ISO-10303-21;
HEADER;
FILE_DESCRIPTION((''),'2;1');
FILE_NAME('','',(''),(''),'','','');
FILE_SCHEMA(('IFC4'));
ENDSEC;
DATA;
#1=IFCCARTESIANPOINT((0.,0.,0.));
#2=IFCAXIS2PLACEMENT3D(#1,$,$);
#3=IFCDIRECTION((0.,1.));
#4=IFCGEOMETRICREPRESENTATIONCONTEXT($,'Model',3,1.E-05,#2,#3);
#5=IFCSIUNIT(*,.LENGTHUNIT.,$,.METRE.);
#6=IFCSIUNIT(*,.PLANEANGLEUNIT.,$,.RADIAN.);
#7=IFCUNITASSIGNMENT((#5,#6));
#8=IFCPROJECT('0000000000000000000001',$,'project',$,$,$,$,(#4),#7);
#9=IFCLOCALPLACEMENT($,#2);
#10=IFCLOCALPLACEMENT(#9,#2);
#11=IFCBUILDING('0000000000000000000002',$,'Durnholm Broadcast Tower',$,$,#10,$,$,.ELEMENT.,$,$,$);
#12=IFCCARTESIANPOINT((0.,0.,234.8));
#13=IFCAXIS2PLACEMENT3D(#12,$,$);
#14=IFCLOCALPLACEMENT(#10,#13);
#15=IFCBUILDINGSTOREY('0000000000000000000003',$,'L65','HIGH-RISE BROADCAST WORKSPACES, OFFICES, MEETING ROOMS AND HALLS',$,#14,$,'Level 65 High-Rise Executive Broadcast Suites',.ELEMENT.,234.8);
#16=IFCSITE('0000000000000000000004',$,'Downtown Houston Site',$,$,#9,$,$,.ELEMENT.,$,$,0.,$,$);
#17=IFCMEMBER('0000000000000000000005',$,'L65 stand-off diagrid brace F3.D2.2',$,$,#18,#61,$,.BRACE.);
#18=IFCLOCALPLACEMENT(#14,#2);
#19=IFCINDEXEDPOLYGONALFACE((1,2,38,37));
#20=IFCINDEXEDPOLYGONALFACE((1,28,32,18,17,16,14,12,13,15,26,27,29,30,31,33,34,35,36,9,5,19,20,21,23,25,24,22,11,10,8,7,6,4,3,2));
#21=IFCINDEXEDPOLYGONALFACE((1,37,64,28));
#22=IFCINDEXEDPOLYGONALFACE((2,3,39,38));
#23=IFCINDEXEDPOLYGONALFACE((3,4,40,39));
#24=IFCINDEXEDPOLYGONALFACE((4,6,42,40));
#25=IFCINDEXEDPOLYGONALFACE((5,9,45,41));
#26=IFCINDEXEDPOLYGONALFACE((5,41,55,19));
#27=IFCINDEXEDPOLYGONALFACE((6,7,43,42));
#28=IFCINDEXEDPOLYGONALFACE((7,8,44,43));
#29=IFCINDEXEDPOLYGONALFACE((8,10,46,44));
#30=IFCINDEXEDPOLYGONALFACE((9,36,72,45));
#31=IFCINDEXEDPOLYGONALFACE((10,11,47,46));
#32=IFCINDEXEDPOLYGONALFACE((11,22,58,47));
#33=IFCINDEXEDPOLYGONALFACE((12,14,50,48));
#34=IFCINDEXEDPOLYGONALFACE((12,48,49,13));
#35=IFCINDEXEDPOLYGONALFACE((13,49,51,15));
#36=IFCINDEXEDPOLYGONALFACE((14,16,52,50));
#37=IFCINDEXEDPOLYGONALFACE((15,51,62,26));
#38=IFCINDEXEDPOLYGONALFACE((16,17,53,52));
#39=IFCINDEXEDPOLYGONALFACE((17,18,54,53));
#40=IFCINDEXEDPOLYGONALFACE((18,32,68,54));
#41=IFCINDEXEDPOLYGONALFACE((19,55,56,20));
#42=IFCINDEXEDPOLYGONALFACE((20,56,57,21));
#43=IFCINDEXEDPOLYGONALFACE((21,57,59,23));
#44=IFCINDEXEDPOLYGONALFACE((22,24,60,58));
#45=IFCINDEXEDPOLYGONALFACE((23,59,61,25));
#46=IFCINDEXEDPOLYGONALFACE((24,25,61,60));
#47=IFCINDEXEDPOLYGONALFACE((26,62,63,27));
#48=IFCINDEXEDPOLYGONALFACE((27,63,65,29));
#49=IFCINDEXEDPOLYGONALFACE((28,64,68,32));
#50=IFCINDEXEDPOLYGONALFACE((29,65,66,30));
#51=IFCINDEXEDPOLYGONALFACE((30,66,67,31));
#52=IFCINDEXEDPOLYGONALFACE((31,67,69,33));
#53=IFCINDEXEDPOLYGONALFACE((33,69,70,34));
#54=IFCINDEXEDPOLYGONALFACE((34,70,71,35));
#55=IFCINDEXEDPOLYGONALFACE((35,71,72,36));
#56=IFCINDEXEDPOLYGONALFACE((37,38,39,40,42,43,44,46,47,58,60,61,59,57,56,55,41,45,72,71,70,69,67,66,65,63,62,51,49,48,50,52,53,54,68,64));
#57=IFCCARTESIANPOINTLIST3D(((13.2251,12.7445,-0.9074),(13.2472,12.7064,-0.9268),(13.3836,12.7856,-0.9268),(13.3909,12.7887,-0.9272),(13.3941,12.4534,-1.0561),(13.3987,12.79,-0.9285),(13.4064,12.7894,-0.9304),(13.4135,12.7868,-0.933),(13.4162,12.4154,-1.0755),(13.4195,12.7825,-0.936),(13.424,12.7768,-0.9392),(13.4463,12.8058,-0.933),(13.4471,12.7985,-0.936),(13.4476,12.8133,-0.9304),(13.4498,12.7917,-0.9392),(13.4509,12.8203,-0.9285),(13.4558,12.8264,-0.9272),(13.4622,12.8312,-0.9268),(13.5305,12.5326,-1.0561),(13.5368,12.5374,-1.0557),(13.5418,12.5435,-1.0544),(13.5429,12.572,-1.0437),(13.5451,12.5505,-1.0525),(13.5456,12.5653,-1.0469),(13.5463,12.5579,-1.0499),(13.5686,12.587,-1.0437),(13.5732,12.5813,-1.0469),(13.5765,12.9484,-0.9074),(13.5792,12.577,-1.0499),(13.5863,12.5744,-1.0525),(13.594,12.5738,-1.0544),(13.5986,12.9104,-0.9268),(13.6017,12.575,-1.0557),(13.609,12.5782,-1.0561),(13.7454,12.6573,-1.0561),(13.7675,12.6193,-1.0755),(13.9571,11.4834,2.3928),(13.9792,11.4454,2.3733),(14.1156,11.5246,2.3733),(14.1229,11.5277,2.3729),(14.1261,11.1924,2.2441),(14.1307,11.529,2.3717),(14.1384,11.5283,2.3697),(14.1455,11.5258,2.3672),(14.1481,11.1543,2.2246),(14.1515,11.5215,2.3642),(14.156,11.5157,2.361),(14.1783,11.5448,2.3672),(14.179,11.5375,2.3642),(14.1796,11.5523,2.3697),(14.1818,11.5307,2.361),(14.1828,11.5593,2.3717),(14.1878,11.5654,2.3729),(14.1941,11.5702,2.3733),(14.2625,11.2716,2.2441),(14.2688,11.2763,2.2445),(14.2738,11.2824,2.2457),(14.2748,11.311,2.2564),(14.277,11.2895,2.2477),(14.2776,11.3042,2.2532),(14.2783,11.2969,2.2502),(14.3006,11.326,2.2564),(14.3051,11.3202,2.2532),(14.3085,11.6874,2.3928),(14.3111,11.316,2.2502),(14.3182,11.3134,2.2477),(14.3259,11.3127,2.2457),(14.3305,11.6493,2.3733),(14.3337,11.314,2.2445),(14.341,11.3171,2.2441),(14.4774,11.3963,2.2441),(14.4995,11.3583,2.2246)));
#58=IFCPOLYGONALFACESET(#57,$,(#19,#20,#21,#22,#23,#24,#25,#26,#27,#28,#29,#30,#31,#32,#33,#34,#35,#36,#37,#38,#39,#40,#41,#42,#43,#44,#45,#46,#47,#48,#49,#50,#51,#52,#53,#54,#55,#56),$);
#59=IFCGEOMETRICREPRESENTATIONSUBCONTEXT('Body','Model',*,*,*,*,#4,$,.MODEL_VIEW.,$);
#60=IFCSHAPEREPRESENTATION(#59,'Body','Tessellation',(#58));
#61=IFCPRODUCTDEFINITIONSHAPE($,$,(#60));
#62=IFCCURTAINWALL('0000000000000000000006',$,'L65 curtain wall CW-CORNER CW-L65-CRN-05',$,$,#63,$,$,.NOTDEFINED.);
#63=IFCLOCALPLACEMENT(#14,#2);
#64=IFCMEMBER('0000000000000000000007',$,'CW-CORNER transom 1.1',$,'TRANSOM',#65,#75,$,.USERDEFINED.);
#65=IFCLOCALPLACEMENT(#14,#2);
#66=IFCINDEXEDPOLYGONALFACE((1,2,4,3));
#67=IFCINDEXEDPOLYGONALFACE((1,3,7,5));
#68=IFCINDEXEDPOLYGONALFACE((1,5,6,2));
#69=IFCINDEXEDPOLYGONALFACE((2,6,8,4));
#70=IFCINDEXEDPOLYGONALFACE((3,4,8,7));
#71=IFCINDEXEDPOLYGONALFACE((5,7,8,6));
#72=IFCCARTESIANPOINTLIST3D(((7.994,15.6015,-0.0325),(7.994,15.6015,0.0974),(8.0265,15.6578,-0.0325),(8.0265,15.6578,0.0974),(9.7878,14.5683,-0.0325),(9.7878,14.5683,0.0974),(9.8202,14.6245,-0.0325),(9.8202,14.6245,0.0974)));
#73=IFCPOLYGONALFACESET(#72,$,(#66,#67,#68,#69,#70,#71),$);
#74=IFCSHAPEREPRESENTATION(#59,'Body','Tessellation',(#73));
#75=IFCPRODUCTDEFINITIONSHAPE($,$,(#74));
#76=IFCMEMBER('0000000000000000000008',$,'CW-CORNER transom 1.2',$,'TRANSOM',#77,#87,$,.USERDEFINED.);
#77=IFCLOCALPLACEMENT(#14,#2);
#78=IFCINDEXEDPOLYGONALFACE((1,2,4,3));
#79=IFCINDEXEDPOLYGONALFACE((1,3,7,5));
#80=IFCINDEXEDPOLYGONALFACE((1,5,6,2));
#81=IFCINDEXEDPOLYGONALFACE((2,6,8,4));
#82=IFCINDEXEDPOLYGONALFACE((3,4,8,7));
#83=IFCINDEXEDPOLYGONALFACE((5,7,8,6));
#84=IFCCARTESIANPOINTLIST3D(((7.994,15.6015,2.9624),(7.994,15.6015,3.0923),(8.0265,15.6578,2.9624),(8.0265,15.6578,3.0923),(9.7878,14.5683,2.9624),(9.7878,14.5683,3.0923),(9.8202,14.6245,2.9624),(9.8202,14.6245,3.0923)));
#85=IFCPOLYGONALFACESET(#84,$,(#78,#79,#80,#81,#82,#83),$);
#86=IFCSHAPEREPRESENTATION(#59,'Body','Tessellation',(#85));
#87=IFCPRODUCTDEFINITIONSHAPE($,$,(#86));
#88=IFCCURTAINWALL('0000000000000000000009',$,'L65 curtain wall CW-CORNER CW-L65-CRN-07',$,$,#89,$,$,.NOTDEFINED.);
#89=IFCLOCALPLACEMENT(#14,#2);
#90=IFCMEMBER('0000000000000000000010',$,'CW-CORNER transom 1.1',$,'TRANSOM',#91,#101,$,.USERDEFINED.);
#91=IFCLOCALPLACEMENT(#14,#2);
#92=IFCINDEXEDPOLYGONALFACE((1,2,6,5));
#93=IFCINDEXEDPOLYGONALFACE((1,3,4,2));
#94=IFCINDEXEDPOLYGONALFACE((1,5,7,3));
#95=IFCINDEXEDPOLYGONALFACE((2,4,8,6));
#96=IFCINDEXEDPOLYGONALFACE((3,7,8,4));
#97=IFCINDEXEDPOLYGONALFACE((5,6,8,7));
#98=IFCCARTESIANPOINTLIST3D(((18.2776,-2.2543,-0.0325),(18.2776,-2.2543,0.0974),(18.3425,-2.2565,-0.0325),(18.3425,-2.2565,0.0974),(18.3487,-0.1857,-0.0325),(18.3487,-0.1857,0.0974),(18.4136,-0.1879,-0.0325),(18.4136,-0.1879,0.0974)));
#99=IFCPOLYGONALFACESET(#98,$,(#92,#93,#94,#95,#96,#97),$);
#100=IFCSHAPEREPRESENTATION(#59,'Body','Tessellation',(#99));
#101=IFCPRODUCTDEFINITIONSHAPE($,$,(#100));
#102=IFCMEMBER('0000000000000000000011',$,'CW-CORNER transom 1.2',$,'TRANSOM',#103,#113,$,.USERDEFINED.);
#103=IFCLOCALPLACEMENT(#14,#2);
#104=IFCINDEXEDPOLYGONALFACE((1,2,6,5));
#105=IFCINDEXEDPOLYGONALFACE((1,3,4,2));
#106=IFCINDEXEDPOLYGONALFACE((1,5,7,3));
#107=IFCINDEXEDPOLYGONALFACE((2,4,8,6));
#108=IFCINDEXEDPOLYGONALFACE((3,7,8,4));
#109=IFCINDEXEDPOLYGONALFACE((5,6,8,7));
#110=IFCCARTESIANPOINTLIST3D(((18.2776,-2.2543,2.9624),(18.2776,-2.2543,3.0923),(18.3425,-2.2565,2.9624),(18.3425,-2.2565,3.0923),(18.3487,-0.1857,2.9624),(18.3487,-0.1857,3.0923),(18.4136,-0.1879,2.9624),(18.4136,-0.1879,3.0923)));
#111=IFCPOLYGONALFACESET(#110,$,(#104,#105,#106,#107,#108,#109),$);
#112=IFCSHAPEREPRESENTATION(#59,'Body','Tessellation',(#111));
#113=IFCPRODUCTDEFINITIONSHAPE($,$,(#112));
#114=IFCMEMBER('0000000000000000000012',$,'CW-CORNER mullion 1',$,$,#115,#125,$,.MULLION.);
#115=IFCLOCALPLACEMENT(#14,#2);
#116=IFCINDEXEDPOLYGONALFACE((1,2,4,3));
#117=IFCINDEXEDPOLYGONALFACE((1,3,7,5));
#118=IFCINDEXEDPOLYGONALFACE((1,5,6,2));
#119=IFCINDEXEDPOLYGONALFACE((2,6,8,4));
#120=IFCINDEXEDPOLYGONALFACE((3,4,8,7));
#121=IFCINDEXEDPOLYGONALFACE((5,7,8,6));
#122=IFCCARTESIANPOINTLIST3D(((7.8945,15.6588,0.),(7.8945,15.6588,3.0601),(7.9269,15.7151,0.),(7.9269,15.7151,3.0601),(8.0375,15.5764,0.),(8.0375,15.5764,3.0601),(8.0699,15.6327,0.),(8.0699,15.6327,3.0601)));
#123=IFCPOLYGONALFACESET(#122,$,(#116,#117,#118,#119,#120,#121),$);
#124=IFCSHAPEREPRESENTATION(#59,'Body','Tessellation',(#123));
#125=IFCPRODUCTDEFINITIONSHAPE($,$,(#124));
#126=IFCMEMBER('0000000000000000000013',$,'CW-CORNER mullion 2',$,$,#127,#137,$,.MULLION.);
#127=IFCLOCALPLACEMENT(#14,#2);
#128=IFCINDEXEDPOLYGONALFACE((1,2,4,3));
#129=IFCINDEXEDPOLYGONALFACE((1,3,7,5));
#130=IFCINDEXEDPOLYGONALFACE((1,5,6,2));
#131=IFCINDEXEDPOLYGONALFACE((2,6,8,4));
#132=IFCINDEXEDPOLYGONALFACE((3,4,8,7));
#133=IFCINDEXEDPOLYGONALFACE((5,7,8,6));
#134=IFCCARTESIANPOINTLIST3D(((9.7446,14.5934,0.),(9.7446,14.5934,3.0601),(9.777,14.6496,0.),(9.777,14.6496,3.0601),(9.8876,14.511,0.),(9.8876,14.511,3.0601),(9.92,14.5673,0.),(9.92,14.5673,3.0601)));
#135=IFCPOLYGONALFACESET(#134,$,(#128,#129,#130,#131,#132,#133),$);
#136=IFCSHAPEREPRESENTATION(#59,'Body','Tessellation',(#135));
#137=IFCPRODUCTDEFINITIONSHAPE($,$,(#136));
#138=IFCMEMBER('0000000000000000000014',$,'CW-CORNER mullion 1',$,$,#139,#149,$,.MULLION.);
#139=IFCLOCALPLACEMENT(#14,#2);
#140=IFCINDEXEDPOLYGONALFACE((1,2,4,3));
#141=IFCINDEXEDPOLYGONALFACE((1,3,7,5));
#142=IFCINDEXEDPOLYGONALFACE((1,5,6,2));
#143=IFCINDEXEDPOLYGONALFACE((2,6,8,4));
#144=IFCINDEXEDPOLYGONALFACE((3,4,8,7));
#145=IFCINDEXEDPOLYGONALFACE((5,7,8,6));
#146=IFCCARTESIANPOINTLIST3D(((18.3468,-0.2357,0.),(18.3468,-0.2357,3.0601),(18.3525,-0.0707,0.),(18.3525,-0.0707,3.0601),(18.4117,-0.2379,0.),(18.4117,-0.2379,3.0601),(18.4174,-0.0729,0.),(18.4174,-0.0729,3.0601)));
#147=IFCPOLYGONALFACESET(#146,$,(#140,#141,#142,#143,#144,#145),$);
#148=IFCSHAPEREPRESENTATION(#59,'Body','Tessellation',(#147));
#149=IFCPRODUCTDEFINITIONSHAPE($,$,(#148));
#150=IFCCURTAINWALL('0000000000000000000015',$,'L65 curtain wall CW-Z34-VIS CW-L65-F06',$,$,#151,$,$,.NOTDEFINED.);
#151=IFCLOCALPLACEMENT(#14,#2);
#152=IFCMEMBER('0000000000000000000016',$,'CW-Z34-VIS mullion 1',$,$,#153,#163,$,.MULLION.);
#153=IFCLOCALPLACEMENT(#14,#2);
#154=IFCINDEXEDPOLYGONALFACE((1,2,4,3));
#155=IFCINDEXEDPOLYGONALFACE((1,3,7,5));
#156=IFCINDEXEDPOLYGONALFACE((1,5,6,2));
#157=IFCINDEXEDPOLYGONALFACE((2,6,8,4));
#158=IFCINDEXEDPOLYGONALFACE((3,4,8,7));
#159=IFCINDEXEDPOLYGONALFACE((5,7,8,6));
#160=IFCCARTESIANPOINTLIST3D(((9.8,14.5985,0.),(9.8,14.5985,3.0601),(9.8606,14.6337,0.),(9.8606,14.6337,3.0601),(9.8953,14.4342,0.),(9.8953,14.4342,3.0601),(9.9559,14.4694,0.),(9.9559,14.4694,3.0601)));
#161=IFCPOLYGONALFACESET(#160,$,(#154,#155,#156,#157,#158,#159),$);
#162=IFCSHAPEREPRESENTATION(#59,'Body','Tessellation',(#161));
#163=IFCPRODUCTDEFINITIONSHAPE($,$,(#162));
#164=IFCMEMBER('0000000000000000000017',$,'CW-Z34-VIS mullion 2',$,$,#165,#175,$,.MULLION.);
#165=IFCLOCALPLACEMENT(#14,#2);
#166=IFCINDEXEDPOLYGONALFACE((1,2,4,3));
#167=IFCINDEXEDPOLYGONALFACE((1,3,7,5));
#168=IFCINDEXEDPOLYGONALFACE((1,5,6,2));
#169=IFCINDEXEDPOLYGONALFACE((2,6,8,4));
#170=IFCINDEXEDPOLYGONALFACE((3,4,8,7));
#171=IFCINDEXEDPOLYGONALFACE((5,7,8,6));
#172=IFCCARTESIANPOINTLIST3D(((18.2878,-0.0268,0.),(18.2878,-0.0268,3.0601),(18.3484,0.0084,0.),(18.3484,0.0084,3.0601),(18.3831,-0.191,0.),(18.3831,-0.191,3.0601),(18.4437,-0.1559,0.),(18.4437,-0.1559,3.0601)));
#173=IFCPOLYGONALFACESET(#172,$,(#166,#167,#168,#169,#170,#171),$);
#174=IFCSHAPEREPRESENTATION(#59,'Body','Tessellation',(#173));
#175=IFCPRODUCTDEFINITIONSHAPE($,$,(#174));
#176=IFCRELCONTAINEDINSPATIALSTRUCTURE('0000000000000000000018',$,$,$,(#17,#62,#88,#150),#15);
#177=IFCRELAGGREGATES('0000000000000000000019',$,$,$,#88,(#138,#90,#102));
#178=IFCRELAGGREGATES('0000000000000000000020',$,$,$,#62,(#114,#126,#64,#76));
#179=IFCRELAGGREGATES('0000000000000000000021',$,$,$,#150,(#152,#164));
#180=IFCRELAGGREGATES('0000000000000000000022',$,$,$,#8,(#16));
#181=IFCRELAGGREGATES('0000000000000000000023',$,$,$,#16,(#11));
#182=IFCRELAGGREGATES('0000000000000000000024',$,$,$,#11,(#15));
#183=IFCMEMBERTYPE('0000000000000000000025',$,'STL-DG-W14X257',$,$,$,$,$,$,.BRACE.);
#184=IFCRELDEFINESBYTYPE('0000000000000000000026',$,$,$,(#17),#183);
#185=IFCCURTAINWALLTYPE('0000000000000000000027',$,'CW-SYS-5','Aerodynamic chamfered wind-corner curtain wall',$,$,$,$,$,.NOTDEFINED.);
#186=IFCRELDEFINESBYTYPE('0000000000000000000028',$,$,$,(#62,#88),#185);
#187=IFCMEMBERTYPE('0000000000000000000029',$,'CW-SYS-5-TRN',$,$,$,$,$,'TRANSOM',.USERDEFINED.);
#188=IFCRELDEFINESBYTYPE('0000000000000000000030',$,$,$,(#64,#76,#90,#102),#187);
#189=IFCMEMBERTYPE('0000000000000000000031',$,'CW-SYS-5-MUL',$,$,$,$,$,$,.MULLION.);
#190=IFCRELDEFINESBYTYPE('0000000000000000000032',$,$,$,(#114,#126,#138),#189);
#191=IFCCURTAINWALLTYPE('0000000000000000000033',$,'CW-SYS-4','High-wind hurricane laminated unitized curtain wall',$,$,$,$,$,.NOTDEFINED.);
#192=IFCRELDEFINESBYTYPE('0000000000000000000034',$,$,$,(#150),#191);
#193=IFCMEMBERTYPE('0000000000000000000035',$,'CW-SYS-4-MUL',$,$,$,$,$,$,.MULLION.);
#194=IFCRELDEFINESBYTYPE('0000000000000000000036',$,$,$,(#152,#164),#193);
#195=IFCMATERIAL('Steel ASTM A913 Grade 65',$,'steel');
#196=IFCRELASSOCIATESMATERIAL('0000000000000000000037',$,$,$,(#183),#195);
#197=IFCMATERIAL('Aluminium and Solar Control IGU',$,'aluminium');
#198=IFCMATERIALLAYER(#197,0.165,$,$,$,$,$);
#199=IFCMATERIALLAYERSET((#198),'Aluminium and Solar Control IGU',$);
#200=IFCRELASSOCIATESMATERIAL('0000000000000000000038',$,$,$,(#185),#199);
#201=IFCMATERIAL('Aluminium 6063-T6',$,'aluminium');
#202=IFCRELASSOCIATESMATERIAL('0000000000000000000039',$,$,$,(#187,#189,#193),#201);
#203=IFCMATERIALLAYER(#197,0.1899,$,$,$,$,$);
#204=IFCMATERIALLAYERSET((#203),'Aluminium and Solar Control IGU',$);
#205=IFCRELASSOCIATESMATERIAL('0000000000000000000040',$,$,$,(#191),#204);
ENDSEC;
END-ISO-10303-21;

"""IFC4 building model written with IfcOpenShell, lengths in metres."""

from ifc_helpers import new_model, si_unit, direction, frame, origin, origin_2d, place, context, subcontext, project, spatial, rectangle, i_section, extrude, source, transform, mapped, material, layer, layer_set, material_profile, profile_set, type_object, type_shapes, element, aggregate, save


model = new_model("IFC4")

# Units and contexts
model_context = context("Model", 3, precision=1e-05, world=origin(), true_north=direction((0.0, 1.0)))
body_context = subcontext(model_context, "Body", "Model", "MODEL_VIEW")
ifc_project = project(units=[si_unit("LENGTHUNIT", "METRE"), si_unit("PLANEANGLEUNIT", "RADIAN")], contexts=[model_context])

# Site, building, storey
site_placement = place(None, origin())
site = spatial("IfcSite", under=ifc_project, at=site_placement, Name="Downtown Houston Site", CompositionType="ELEMENT", RefElevation=0.0)
building_placement = place(site_placement, origin())
building = spatial("IfcBuilding", under=site, at=building_placement, Name="Durnholm Broadcast Tower", CompositionType="ELEMENT")
storey_placement = place(building_placement, frame((0.0, 0.0, 234.8)))
storey = spatial("IfcBuildingStorey", under=building, at=storey_placement, Name="L65", Description="HIGH-RISE BROADCAST WORKSPACES, OFFICES, MEETING ROOMS AND HALLS", LongName="Level 65 High-Rise Executive Broadcast Suites", CompositionType="ELEMENT", Elevation=234.8)

# Member
ifc_material_1 = material(Name="Steel ASTM A913 Grade 65", Category="steel")
ifc_material_profile_1 = material_profile(ifc_material_1, i_section(OverallWidth=0.4062, OverallDepth=0.416, WebThickness=0.0298, FlangeThickness=0.0481, FilletRadius=0.0305, at=origin_2d()), Name="W14X257")
ifc_profile_set_1 = profile_set([ifc_material_profile_1], Name="Steel ASTM A913 Grade 65")
member_type_1 = type_object("IfcMemberType", Name="STL-DG-W14X257", PredefinedType="BRACE", material=ifc_profile_set_1)
shared_shape_1 = source(origin(), body_context, "Body", "SweptSolid", [
    extrude(i_section(OverallWidth=0.4062, OverallDepth=0.416, WebThickness=0.0298, FlangeThickness=0.0481, FilletRadius=0.0305, at=origin_2d()), origin(), (0.0, 0.0, 1.0), 3.6079),
])
type_shapes(member_type_1, [shared_shape_1])
for number, where, z_axis, x_axis, name in (
    (1, (13.4963, 12.6819, -0.9915), (0.202876, -0.349518, 0.914701), (0.864864, 0.502006, 0.0), "L65 stand-off diagrid brace F3.D2.2"),
):
    element("IfcMember", number, at=place(storey_placement, frame(where, z_axis=z_axis, x_axis=x_axis)), inside=storey, type_object=member_type_1, Name=name, PredefinedType="BRACE", context=body_context, shape_type="MappedRepresentation", body=[
        mapped(shared_shape_1, transform((0.0, 0.0, 0.0), x_axis=(1.0, 0.0, 0.0), y_axis=(0.0, 1.0, 0.0), z_axis=(0.0, 0.0, 1.0), scale=1.0)),
    ])

# Curtain walls, members
ifc_material_2 = material(Name="Aluminium and Solar Control IGU", Category="aluminium")
ifc_layer_1 = layer(ifc_material_2, 0.165)
ifc_layer_set_1 = layer_set([ifc_layer_1], Name="Aluminium and Solar Control IGU")
curtain_wall_type_1 = type_object("IfcCurtainWallType", Name="CW-SYS-5", Description="Aerodynamic chamfered wind-corner curtain wall", PredefinedType="NOTDEFINED", material=ifc_layer_set_1)
curtain_wall_1_placement = place(storey_placement, origin())
curtain_wall_1 = element("IfcCurtainWall", 2, at=curtain_wall_1_placement, inside=storey, type_object=curtain_wall_type_1, Name="L65 curtain wall CW-CORNER CW-L65-CRN-05", PredefinedType="NOTDEFINED")
ifc_material_3 = material(Name="Aluminium 6063-T6", Category="aluminium")
ifc_material_profile_2 = material_profile(ifc_material_3, rectangle(XDim=0.0649, YDim=0.1299, at=origin_2d()), Name="CWT65X130")
ifc_profile_set_2 = profile_set([ifc_material_profile_2], Name="Aluminium 6063-T6")
member_type_2 = type_object("IfcMemberType", Name="CW-SYS-5-TRN", ElementType="TRANSOM", PredefinedType="USERDEFINED", material=ifc_profile_set_2)
shared_shape_2 = source(origin(), body_context, "Body", "SweptSolid", [
    extrude(rectangle(XDim=0.0649, YDim=0.1299, at=origin_2d()), origin(), (0.0, 0.0, 1.0), 2.0701),
])
member_1_placement = place(storey_placement, frame((8.0103, 15.6296, 0.0325), z_axis=(0.866525, -0.499134, 0.0), x_axis=(0.499134, 0.866525, 0.0)))
member_1 = element("IfcMember", 3, at=member_1_placement, type_object=member_type_2, Name="CW-CORNER transom 1.1", ObjectType="TRANSOM", PredefinedType="USERDEFINED", context=body_context, shape_type="MappedRepresentation", body=[
    mapped(shared_shape_2, transform((0.0, 0.0, 0.0), x_axis=(1.0, 0.0, 0.0), y_axis=(0.0, 1.0, 0.0), z_axis=(0.0, 0.0, 1.0), scale=1.0)),
])
member_2_placement = place(storey_placement, frame((8.0103, 15.6296, 3.0273), z_axis=(0.866525, -0.499134, 0.0), x_axis=(0.499134, 0.866525, 0.0)))
member_2 = element("IfcMember", 4, at=member_2_placement, type_object=member_type_2, Name="CW-CORNER transom 1.2", ObjectType="TRANSOM", PredefinedType="USERDEFINED", context=body_context, shape_type="MappedRepresentation", body=[
    mapped(shared_shape_2, transform((0.0, 0.0, 0.0), x_axis=(1.0, 0.0, 0.0), y_axis=(0.0, 1.0, 0.0), z_axis=(0.0, 0.0, 1.0), scale=1.0)),
])
curtain_wall_2_placement = place(storey_placement, origin())
curtain_wall_2 = element("IfcCurtainWall", 5, at=curtain_wall_2_placement, inside=storey, type_object=curtain_wall_type_1, Name="L65 curtain wall CW-CORNER CW-L65-CRN-07", PredefinedType="NOTDEFINED")
shared_shape_3 = source(origin(), body_context, "Body", "SweptSolid", [
    extrude(rectangle(XDim=0.0649, YDim=0.1299, at=origin_2d()), origin(), (0.0, 0.0, 1.0), 2.0698),
])
type_shapes(member_type_2, [shared_shape_2, shared_shape_3])
member_3_placement = place(storey_placement, frame((18.3811, -0.1868, 0.0325), z_axis=(-0.034324, -0.999411, 0.0), x_axis=(0.999411, -0.034324, 0.0)))
member_3 = element("IfcMember", 6, at=member_3_placement, type_object=member_type_2, Name="CW-CORNER transom 1.1", ObjectType="TRANSOM", PredefinedType="USERDEFINED", context=body_context, shape_type="MappedRepresentation", body=[
    mapped(shared_shape_3, transform((0.0, 0.0, 0.0), x_axis=(1.0, 0.0, 0.0), y_axis=(0.0, 1.0, 0.0), z_axis=(0.0, 0.0, 1.0), scale=1.0)),
])
member_4_placement = place(storey_placement, frame((18.3811, -0.1868, 3.0273), z_axis=(-0.034324, -0.999411, 0.0), x_axis=(0.999411, -0.034324, 0.0)))
member_4 = element("IfcMember", 7, at=member_4_placement, type_object=member_type_2, Name="CW-CORNER transom 1.2", ObjectType="TRANSOM", PredefinedType="USERDEFINED", context=body_context, shape_type="MappedRepresentation", body=[
    mapped(shared_shape_3, transform((0.0, 0.0, 0.0), x_axis=(1.0, 0.0, 0.0), y_axis=(0.0, 1.0, 0.0), z_axis=(0.0, 0.0, 1.0), scale=1.0)),
])

# Members
ifc_material_profile_3 = material_profile(ifc_material_3, rectangle(XDim=0.0649, YDim=0.165, at=origin_2d()), Name="CWM65X165")
ifc_profile_set_3 = profile_set([ifc_material_profile_3], Name="Aluminium 6063-T6")
member_type_3 = type_object("IfcMemberType", Name="CW-SYS-5-MUL", PredefinedType="MULLION", material=ifc_profile_set_3)
shared_shape_4 = source(origin(), body_context, "Body", "SweptSolid", [
    extrude(rectangle(XDim=0.0649, YDim=0.165, at=origin_2d()), origin(), (0.0, 0.0, 1.0), 3.0601),
])
type_shapes(member_type_3, [shared_shape_4])
member_5_placement = place(storey_placement, frame((7.9822, 15.6458, 0.0), z_axis=(0.0, 0.0, 1.0), x_axis=(0.499059, 0.866568, 0.0)))
member_5 = element("IfcMember", 8, at=member_5_placement, type_object=member_type_3, Name="CW-CORNER mullion 1", PredefinedType="MULLION", context=body_context, shape_type="MappedRepresentation", body=[
    mapped(shared_shape_4, transform((0.0, 0.0, 0.0), x_axis=(1.0, 0.0, 0.0), y_axis=(0.0, 1.0, 0.0), z_axis=(0.0, 0.0, 1.0), scale=1.0)),
])
member_6_placement = place(storey_placement, frame((9.8323, 14.5803, 0.0), z_axis=(0.0, 0.0, 1.0), x_axis=(0.499059, 0.866568, 0.0)))
member_6 = element("IfcMember", 9, at=member_6_placement, type_object=member_type_3, Name="CW-CORNER mullion 2", PredefinedType="MULLION", context=body_context, shape_type="MappedRepresentation", body=[
    mapped(shared_shape_4, transform((0.0, 0.0, 0.0), x_axis=(1.0, 0.0, 0.0), y_axis=(0.0, 1.0, 0.0), z_axis=(0.0, 0.0, 1.0), scale=1.0)),
])
member_7_placement = place(storey_placement, frame((18.3821, -0.1543, 0.0), z_axis=(0.0, 0.0, 1.0), x_axis=(0.999411, -0.034318, 0.0)))
member_7 = element("IfcMember", 10, at=member_7_placement, type_object=member_type_3, Name="CW-CORNER mullion 1", PredefinedType="MULLION", context=body_context, shape_type="MappedRepresentation", body=[
    mapped(shared_shape_4, transform((0.0, 0.0, 0.0), x_axis=(1.0, 0.0, 0.0), y_axis=(0.0, 1.0, 0.0), z_axis=(0.0, 0.0, 1.0), scale=1.0)),
])
aggregate(curtain_wall_2, [member_7, member_3, member_4])

# Curtain wall, members
ifc_layer_2 = layer(ifc_material_2, 0.1899)
ifc_layer_set_2 = layer_set([ifc_layer_2], Name="Aluminium and Solar Control IGU")
curtain_wall_type_2 = type_object("IfcCurtainWallType", Name="CW-SYS-4", Description="High-wind hurricane laminated unitized curtain wall", PredefinedType="NOTDEFINED", material=ifc_layer_set_2)
curtain_wall_3_placement = place(storey_placement, origin())
curtain_wall_3 = element("IfcCurtainWall", 11, at=curtain_wall_3_placement, inside=storey, type_object=curtain_wall_type_2, Name="L65 curtain wall CW-Z34-VIS CW-L65-F06", PredefinedType="NOTDEFINED")
ifc_material_profile_4 = material_profile(ifc_material_3, rectangle(XDim=0.0701, YDim=0.1899, at=origin_2d()), Name="CWM70X190")
ifc_profile_set_4 = profile_set([ifc_material_profile_4], Name="Aluminium 6063-T6")
member_type_4 = type_object("IfcMemberType", Name="CW-SYS-4-MUL", PredefinedType="MULLION", material=ifc_profile_set_4)
shared_shape_5 = source(origin(), body_context, "Body", "SweptSolid", [
    extrude(rectangle(XDim=0.0701, YDim=0.1899, at=origin_2d()), origin(), (0.0, 0.0, 1.0), 3.0601),
])
type_shapes(member_type_4, [shared_shape_5])
member_8_placement = place(storey_placement, frame((9.8779, 14.5339, 0.0), z_axis=(0.0, 0.0, 1.0), x_axis=(0.8649, 0.501944, 0.0)))
member_8 = element("IfcMember", 12, at=member_8_placement, type_object=member_type_4, Name="CW-Z34-VIS mullion 1", PredefinedType="MULLION", context=body_context, shape_type="MappedRepresentation", body=[
    mapped(shared_shape_5, transform((0.0, 0.0, 0.0), x_axis=(1.0, 0.0, 0.0), y_axis=(0.0, 1.0, 0.0), z_axis=(0.0, 0.0, 1.0), scale=1.0)),
])
member_9_placement = place(storey_placement, frame((18.3657, -0.0913, 0.0), z_axis=(0.0, 0.0, 1.0), x_axis=(0.8649, 0.501944, 0.0)))
member_9 = element("IfcMember", 13, at=member_9_placement, type_object=member_type_4, Name="CW-Z34-VIS mullion 2", PredefinedType="MULLION", context=body_context, shape_type="MappedRepresentation", body=[
    mapped(shared_shape_5, transform((0.0, 0.0, 0.0), x_axis=(1.0, 0.0, 0.0), y_axis=(0.0, 1.0, 0.0), z_axis=(0.0, 0.0, 1.0), scale=1.0)),
])

aggregate(curtain_wall_1, [member_5, member_6, member_1, member_2])
aggregate(curtain_wall_3, [member_8, member_9])

save(model, "model.ifc")
